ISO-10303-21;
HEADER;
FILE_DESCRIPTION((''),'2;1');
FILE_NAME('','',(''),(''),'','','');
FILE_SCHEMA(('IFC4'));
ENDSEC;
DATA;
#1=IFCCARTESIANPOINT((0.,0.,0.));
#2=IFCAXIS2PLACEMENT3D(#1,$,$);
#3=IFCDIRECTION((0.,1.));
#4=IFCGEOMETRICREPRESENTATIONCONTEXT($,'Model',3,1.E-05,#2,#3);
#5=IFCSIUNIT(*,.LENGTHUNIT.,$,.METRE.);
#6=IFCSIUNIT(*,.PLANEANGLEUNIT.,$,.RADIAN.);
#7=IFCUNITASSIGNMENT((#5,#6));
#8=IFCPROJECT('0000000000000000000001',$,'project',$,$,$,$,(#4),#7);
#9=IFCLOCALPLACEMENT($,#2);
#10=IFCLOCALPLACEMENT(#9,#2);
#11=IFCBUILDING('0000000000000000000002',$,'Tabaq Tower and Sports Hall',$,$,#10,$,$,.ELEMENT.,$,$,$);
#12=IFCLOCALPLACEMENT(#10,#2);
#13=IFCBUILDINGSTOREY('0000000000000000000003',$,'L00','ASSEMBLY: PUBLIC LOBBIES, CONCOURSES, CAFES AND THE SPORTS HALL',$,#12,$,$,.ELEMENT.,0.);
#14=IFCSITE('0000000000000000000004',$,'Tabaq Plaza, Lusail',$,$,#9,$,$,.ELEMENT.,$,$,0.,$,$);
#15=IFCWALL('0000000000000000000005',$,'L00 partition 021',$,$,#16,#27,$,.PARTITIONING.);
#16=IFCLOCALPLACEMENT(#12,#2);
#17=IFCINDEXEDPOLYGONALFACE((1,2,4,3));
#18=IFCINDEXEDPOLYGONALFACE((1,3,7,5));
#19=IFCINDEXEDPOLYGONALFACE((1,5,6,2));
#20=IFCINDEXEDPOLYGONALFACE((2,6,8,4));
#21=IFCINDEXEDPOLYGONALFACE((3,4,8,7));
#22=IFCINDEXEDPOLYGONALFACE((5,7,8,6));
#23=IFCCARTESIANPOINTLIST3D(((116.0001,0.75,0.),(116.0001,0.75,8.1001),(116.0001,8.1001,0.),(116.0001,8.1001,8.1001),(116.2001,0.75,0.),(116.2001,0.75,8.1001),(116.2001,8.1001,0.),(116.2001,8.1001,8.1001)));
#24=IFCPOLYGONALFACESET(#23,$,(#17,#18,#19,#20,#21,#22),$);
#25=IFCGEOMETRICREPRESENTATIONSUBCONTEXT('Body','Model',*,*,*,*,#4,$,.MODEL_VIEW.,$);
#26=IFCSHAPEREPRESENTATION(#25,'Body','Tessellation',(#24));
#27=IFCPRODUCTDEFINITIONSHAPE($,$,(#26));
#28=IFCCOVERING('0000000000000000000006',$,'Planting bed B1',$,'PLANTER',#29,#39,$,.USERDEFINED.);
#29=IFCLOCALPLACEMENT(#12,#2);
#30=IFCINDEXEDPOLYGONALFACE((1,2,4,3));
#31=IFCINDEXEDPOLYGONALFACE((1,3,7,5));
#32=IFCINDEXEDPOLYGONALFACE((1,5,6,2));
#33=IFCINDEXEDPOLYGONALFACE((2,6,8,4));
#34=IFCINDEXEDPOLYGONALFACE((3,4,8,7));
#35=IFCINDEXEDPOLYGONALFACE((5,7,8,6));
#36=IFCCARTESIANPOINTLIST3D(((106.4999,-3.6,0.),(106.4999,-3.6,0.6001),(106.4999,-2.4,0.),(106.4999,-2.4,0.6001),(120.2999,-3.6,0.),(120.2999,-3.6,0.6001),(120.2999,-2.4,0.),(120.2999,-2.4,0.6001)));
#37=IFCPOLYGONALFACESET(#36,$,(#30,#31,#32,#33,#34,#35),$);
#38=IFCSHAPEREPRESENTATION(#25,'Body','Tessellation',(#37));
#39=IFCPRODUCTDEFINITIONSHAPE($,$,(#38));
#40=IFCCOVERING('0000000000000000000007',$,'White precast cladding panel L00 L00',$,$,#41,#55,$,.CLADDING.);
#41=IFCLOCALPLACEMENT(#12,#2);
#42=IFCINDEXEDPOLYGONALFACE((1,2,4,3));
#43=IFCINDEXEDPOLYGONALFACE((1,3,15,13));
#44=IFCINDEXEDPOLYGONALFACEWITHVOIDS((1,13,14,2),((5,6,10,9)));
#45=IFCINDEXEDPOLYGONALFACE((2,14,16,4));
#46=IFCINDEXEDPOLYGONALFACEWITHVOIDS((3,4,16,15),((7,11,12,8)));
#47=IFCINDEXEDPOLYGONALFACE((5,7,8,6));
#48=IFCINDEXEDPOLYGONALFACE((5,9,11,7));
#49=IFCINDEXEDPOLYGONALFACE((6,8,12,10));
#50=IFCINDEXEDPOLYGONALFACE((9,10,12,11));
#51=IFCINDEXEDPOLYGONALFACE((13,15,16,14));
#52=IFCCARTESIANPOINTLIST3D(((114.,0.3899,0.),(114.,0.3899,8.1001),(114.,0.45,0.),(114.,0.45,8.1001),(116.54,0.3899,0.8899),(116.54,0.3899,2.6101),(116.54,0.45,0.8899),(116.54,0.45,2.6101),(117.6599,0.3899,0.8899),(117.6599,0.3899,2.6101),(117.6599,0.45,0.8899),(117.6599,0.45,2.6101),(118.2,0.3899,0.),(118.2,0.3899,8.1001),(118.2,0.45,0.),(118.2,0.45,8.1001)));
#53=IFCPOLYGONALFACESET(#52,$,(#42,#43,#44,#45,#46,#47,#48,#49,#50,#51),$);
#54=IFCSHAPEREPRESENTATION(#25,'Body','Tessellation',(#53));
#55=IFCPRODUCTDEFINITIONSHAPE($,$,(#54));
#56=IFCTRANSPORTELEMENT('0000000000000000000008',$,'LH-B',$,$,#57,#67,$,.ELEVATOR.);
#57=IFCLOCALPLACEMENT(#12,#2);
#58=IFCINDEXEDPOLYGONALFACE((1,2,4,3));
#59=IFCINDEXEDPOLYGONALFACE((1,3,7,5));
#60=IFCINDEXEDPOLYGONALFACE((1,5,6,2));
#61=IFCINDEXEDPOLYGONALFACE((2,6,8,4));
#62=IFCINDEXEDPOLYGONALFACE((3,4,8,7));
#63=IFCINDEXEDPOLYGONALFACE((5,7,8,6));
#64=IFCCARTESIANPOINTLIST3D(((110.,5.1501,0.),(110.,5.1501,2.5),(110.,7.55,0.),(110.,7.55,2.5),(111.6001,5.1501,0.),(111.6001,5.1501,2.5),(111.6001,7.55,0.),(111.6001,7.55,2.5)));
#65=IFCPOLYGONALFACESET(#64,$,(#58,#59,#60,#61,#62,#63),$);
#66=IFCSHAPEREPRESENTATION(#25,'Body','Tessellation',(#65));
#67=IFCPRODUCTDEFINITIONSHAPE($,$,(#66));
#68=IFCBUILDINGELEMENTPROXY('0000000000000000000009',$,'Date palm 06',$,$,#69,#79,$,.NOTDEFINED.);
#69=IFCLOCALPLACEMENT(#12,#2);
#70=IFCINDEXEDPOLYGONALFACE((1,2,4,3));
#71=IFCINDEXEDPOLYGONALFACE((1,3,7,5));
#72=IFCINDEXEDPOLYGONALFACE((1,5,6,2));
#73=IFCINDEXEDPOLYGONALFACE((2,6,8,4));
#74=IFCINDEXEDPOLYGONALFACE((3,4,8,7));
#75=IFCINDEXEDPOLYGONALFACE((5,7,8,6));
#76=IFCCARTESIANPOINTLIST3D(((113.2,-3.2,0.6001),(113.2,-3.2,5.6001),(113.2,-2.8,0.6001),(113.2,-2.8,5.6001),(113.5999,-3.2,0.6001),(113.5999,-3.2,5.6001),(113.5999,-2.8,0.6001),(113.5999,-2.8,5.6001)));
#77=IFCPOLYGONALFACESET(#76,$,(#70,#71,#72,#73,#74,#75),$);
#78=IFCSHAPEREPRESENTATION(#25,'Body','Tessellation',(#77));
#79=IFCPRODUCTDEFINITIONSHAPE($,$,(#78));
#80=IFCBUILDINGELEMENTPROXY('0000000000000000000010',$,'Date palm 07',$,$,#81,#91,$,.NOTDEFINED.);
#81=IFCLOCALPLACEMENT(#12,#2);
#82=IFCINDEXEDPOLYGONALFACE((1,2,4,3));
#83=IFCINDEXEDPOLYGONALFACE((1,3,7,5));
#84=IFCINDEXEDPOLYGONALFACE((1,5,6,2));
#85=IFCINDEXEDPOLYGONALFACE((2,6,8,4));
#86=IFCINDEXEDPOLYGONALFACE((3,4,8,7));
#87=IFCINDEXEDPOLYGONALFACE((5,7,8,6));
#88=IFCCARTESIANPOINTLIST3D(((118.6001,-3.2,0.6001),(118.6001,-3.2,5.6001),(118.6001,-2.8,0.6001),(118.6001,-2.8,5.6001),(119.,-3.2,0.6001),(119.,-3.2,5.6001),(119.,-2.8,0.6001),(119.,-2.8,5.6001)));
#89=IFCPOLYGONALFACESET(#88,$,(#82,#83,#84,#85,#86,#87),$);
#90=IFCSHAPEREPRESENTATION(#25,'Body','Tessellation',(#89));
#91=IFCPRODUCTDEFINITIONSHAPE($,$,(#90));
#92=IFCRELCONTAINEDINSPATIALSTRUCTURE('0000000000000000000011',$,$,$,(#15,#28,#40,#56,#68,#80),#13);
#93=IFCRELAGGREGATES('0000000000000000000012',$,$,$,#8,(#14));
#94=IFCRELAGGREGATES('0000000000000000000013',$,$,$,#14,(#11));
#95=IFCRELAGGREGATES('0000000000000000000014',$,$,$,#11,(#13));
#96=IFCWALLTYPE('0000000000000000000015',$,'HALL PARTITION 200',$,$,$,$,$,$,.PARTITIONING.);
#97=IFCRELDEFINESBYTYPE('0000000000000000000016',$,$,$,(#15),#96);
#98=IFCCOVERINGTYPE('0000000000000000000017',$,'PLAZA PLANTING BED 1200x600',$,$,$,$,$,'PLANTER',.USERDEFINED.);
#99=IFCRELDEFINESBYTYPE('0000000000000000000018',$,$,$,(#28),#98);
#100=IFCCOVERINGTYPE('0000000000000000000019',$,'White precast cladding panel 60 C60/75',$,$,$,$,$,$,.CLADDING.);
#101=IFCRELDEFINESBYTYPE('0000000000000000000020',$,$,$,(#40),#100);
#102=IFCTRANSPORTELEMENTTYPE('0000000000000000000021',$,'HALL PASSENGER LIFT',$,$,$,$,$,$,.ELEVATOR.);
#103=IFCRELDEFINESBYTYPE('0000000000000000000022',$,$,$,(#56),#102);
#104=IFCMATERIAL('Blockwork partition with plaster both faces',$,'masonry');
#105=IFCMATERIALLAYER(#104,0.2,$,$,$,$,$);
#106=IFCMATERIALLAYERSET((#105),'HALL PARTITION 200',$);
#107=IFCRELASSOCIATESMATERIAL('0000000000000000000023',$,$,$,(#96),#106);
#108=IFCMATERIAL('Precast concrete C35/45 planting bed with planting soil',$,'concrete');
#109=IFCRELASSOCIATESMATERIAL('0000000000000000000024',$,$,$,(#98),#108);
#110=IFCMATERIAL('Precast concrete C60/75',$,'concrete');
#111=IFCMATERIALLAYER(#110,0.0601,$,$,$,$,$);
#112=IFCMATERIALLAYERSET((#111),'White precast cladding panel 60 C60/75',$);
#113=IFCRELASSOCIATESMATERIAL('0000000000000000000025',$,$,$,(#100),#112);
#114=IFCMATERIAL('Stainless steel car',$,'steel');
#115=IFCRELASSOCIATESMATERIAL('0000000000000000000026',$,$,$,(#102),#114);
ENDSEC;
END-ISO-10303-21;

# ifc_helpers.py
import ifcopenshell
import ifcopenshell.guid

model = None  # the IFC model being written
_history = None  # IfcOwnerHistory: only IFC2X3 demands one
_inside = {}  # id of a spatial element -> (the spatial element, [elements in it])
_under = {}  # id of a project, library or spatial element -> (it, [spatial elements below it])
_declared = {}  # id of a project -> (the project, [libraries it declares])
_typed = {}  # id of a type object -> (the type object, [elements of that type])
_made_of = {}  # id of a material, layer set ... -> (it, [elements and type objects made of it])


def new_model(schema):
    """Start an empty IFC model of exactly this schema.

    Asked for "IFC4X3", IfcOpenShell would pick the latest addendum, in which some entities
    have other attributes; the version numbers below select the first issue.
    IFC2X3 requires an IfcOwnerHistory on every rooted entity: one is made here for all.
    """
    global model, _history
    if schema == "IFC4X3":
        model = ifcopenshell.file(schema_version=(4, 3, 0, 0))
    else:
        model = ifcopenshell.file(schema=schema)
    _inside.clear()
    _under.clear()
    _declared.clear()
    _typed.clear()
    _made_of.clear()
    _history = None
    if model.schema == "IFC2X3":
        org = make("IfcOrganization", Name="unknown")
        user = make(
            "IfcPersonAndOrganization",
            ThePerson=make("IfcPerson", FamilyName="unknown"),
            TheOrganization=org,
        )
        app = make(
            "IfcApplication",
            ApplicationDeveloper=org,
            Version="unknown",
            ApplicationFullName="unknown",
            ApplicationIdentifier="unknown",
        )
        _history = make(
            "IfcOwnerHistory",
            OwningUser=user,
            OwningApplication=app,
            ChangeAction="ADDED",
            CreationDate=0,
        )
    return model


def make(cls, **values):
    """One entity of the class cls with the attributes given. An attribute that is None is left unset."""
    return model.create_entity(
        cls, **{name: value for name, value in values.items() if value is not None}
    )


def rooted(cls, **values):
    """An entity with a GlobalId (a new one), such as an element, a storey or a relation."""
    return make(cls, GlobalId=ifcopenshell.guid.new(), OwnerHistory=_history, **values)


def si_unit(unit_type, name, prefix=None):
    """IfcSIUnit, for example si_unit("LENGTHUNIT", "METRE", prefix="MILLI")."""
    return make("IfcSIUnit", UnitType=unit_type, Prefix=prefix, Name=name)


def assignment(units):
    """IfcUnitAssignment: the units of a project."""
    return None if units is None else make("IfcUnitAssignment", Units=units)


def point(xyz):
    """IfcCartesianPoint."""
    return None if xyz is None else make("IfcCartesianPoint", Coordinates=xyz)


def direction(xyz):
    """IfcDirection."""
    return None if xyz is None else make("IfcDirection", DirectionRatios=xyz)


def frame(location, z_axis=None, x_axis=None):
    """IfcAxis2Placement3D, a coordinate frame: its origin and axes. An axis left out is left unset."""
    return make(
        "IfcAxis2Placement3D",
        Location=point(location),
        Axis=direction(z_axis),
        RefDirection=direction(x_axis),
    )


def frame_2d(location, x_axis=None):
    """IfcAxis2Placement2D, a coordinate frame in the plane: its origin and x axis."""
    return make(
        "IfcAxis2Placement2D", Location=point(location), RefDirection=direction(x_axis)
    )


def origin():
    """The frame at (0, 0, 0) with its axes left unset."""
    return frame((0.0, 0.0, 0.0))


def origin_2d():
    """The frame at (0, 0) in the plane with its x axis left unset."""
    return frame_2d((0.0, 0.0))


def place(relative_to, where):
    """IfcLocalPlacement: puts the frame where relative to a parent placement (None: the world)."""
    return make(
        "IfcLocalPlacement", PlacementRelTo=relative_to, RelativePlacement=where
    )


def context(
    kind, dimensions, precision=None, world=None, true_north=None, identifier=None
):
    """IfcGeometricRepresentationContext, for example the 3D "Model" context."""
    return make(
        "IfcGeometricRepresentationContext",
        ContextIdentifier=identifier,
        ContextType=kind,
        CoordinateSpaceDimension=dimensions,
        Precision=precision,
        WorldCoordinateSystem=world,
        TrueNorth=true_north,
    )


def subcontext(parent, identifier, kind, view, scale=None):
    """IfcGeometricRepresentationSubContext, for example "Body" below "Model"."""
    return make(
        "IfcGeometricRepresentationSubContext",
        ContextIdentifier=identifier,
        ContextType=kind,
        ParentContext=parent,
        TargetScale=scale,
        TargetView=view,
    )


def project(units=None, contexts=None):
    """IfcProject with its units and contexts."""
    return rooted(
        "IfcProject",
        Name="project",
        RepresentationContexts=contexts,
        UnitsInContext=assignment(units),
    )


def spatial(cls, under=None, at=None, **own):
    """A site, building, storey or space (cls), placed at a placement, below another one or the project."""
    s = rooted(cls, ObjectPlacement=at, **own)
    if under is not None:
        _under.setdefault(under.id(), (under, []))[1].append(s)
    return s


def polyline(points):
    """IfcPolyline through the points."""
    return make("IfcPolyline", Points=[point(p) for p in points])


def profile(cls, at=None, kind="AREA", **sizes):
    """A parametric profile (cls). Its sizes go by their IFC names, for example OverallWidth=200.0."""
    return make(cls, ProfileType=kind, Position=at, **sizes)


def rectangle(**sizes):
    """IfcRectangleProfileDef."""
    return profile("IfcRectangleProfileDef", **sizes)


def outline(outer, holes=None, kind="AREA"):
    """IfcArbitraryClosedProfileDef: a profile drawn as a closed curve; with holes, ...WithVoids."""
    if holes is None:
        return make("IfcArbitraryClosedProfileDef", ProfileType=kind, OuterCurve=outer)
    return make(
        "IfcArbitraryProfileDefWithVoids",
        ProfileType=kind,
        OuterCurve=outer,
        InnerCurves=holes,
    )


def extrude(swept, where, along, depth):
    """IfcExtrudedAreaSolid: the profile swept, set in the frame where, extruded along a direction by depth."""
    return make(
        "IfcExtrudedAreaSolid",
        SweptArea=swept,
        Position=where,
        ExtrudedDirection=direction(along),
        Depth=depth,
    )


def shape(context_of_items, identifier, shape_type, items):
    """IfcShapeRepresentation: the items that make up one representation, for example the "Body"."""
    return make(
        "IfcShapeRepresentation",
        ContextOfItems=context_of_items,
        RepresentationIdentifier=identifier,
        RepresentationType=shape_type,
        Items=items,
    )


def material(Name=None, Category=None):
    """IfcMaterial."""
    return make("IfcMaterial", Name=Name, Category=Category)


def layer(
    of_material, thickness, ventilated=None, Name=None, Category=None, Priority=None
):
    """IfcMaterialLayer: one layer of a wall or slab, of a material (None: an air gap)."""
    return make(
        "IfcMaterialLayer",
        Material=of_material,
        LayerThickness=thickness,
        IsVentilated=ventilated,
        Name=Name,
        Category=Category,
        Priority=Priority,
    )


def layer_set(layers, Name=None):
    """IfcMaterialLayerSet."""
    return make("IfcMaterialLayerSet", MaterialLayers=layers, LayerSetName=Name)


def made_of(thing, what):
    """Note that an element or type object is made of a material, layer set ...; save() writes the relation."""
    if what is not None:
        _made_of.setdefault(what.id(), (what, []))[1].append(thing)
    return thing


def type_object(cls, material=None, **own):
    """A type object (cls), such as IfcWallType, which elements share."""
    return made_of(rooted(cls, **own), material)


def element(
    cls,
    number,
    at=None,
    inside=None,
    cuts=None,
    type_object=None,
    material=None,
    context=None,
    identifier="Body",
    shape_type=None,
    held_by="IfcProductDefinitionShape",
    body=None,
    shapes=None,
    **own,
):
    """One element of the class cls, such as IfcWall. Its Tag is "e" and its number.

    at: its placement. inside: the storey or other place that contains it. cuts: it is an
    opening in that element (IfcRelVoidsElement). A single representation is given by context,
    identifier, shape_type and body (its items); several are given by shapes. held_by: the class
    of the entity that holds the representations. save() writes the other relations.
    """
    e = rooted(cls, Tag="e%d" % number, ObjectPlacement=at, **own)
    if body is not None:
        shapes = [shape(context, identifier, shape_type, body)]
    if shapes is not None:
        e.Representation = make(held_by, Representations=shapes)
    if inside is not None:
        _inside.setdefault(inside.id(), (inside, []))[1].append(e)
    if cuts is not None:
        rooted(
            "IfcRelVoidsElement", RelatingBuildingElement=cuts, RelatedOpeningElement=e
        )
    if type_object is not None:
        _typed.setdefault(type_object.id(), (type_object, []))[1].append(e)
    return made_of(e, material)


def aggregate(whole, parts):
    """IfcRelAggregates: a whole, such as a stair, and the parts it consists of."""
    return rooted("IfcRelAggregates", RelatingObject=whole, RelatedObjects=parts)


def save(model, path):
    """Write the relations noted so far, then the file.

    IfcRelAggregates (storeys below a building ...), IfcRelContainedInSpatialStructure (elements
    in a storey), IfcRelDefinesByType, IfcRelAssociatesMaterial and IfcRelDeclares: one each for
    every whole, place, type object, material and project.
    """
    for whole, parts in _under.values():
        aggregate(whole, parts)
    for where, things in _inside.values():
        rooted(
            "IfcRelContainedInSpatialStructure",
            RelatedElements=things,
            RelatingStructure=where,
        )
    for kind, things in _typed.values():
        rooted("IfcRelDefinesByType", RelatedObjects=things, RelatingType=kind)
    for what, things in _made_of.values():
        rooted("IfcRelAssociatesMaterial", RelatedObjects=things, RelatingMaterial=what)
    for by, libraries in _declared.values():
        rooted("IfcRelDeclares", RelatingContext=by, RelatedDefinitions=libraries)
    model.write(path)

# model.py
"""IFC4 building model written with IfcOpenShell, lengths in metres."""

from ifc_helpers import new_model, si_unit, direction, frame, frame_2d, origin, origin_2d, place, context, subcontext, project, spatial, polyline, rectangle, outline, extrude, material, layer, layer_set, type_object, element, save


model = new_model("IFC4")

# Units and contexts
model_context = context("Model", 3, precision=1e-05, world=origin(), true_north=direction((0.0, 1.0)))
body_context = subcontext(model_context, "Body", "Model", "MODEL_VIEW")
ifc_project = project(units=[si_unit("LENGTHUNIT", "METRE"), si_unit("PLANEANGLEUNIT", "RADIAN")], contexts=[model_context])

# Site, building, storey
site_placement = place(None, origin())
site = spatial("IfcSite", under=ifc_project, at=site_placement, Name="Tabaq Plaza, Lusail", CompositionType="ELEMENT", RefElevation=0.0)
building_placement = place(site_placement, origin())
building = spatial("IfcBuilding", under=site, at=building_placement, Name="Tabaq Tower and Sports Hall", CompositionType="ELEMENT")
storey_placement = place(building_placement, origin())
storey = spatial("IfcBuildingStorey", under=building, at=storey_placement, Name="L00", Description="ASSEMBLY: PUBLIC LOBBIES, CONCOURSES, CAFES AND THE SPORTS HALL", CompositionType="ELEMENT", Elevation=0.0)

# Wall
ifc_material_1 = material(Name="Blockwork partition with plaster both faces", Category="masonry")
ifc_layer_1 = layer(ifc_material_1, 0.2)
ifc_layer_set_1 = layer_set([ifc_layer_1], Name="HALL PARTITION 200")
wall_type_1 = type_object("IfcWallType", Name="HALL PARTITION 200", PredefinedType="PARTITIONING", material=ifc_layer_set_1)
wall_1_placement = place(storey_placement, frame((116.1001, 0.75, 0.0), z_axis=(0.0, 0.0, 1.0), x_axis=(0.0, 1.0, 0.0)))
element("IfcWall", 1, at=wall_1_placement, inside=storey, type_object=wall_type_1, Name="L00 partition 021", PredefinedType="PARTITIONING", context=body_context, shape_type="SweptSolid", body=[
    extrude(rectangle(XDim=7.3501, YDim=0.2, at=frame_2d((3.675, 0.0))), origin(), (0.0, 0.0, 1.0), 8.1001),
])

# Coverings
ifc_material_2 = material(Name="Precast concrete C35/45 planting bed with planting soil", Category="concrete")
covering_type_1 = type_object("IfcCoveringType", Name="PLAZA PLANTING BED 1200x600", ElementType="PLANTER", PredefinedType="USERDEFINED", material=ifc_material_2)
covering_1_placement = place(storey_placement, frame((113.3999, -3.0, 0.0), z_axis=(0.0, 0.0, 1.0), x_axis=(1.0, 0.0, 0.0)))
element("IfcCovering", 2, at=covering_1_placement, inside=storey, type_object=covering_type_1, Name="Planting bed B1", ObjectType="PLANTER", PredefinedType="USERDEFINED", context=body_context, shape_type="SweptSolid", body=[
    extrude(rectangle(XDim=13.8, YDim=1.2, at=origin_2d()), origin(), (0.0, 0.0, 1.0), 0.6001),
])
ifc_material_3 = material(Name="Precast concrete C60/75", Category="concrete")
ifc_layer_2 = layer(ifc_material_3, 0.0601)
ifc_layer_set_2 = layer_set([ifc_layer_2], Name="White precast cladding panel 60 C60/75")
covering_type_2 = type_object("IfcCoveringType", Name="White precast cladding panel 60 C60/75", PredefinedType="CLADDING", material=ifc_layer_set_2)
covering_2_placement = place(storey_placement, frame((114.0, 0.4199, 0.0), z_axis=(0.0, 0.0, 1.0), x_axis=(1.0, 0.0, 0.0)))
element("IfcCovering", 3, at=covering_2_placement, inside=storey, type_object=covering_type_2, Name="White precast cladding panel L00 L00", PredefinedType="CLADDING", context=body_context, shape_type="SweptSolid", body=[
    extrude(outline(polyline([(0.0, 0.0), (4.2, 0.0), (4.2, 8.1001), (0.0, 8.1001), (0.0, 0.0)]), holes=[polyline([(2.54, 0.8899), (2.54, 2.6101), (3.6599, 2.6101), (3.6599, 0.8899), (2.54, 0.8899)])]), frame((0.0, 0.03, 0.0), z_axis=(0.0, -1.0, 0.0), x_axis=(1.0, 0.0, 0.0)), (0.0, 0.0, 1.0), 0.0601),
])

# Transport element
ifc_material_4 = material(Name="Stainless steel car", Category="steel")
transport_element_type = type_object("IfcTransportElementType", Name="HALL PASSENGER LIFT", PredefinedType="ELEVATOR", material=ifc_material_4)
transport_element_placement = place(storey_placement, frame((110.8, 6.3501, 0.0), z_axis=(0.0, 0.0, 1.0), x_axis=(1.0, 0.0, 0.0)))
element("IfcTransportElement", 4, at=transport_element_placement, inside=storey, type_object=transport_element_type, Name="LH-B", PredefinedType="ELEVATOR", context=body_context, shape_type="SweptSolid", body=[
    extrude(rectangle(XDim=1.6001, YDim=2.3999, at=origin_2d()), origin(), (0.0, 0.0, 1.0), 2.5),
])

# Building element proxies
for number, where, z_axis, x_axis, name in (
    (5, (113.3999, -3.0, 0.6001), (0.0, 0.0, 1.0), (1.0, 0.0, 0.0), "Date palm 06"),
    (6, (118.8, -3.0, 0.6001), (0.0, 0.0, 1.0), (1.0, 0.0, 0.0), "Date palm 07"),
):
    element("IfcBuildingElementProxy", number, at=place(storey_placement, frame(where, z_axis=z_axis, x_axis=x_axis)), inside=storey, Name=name, PredefinedType="NOTDEFINED", context=body_context, shape_type="SweptSolid", body=[
        extrude(rectangle(XDim=0.3999, YDim=0.3999, at=origin_2d()), origin(), (0.0, 0.0, 1.0), 5.0),
    ])

save(model, "model.ifc")
